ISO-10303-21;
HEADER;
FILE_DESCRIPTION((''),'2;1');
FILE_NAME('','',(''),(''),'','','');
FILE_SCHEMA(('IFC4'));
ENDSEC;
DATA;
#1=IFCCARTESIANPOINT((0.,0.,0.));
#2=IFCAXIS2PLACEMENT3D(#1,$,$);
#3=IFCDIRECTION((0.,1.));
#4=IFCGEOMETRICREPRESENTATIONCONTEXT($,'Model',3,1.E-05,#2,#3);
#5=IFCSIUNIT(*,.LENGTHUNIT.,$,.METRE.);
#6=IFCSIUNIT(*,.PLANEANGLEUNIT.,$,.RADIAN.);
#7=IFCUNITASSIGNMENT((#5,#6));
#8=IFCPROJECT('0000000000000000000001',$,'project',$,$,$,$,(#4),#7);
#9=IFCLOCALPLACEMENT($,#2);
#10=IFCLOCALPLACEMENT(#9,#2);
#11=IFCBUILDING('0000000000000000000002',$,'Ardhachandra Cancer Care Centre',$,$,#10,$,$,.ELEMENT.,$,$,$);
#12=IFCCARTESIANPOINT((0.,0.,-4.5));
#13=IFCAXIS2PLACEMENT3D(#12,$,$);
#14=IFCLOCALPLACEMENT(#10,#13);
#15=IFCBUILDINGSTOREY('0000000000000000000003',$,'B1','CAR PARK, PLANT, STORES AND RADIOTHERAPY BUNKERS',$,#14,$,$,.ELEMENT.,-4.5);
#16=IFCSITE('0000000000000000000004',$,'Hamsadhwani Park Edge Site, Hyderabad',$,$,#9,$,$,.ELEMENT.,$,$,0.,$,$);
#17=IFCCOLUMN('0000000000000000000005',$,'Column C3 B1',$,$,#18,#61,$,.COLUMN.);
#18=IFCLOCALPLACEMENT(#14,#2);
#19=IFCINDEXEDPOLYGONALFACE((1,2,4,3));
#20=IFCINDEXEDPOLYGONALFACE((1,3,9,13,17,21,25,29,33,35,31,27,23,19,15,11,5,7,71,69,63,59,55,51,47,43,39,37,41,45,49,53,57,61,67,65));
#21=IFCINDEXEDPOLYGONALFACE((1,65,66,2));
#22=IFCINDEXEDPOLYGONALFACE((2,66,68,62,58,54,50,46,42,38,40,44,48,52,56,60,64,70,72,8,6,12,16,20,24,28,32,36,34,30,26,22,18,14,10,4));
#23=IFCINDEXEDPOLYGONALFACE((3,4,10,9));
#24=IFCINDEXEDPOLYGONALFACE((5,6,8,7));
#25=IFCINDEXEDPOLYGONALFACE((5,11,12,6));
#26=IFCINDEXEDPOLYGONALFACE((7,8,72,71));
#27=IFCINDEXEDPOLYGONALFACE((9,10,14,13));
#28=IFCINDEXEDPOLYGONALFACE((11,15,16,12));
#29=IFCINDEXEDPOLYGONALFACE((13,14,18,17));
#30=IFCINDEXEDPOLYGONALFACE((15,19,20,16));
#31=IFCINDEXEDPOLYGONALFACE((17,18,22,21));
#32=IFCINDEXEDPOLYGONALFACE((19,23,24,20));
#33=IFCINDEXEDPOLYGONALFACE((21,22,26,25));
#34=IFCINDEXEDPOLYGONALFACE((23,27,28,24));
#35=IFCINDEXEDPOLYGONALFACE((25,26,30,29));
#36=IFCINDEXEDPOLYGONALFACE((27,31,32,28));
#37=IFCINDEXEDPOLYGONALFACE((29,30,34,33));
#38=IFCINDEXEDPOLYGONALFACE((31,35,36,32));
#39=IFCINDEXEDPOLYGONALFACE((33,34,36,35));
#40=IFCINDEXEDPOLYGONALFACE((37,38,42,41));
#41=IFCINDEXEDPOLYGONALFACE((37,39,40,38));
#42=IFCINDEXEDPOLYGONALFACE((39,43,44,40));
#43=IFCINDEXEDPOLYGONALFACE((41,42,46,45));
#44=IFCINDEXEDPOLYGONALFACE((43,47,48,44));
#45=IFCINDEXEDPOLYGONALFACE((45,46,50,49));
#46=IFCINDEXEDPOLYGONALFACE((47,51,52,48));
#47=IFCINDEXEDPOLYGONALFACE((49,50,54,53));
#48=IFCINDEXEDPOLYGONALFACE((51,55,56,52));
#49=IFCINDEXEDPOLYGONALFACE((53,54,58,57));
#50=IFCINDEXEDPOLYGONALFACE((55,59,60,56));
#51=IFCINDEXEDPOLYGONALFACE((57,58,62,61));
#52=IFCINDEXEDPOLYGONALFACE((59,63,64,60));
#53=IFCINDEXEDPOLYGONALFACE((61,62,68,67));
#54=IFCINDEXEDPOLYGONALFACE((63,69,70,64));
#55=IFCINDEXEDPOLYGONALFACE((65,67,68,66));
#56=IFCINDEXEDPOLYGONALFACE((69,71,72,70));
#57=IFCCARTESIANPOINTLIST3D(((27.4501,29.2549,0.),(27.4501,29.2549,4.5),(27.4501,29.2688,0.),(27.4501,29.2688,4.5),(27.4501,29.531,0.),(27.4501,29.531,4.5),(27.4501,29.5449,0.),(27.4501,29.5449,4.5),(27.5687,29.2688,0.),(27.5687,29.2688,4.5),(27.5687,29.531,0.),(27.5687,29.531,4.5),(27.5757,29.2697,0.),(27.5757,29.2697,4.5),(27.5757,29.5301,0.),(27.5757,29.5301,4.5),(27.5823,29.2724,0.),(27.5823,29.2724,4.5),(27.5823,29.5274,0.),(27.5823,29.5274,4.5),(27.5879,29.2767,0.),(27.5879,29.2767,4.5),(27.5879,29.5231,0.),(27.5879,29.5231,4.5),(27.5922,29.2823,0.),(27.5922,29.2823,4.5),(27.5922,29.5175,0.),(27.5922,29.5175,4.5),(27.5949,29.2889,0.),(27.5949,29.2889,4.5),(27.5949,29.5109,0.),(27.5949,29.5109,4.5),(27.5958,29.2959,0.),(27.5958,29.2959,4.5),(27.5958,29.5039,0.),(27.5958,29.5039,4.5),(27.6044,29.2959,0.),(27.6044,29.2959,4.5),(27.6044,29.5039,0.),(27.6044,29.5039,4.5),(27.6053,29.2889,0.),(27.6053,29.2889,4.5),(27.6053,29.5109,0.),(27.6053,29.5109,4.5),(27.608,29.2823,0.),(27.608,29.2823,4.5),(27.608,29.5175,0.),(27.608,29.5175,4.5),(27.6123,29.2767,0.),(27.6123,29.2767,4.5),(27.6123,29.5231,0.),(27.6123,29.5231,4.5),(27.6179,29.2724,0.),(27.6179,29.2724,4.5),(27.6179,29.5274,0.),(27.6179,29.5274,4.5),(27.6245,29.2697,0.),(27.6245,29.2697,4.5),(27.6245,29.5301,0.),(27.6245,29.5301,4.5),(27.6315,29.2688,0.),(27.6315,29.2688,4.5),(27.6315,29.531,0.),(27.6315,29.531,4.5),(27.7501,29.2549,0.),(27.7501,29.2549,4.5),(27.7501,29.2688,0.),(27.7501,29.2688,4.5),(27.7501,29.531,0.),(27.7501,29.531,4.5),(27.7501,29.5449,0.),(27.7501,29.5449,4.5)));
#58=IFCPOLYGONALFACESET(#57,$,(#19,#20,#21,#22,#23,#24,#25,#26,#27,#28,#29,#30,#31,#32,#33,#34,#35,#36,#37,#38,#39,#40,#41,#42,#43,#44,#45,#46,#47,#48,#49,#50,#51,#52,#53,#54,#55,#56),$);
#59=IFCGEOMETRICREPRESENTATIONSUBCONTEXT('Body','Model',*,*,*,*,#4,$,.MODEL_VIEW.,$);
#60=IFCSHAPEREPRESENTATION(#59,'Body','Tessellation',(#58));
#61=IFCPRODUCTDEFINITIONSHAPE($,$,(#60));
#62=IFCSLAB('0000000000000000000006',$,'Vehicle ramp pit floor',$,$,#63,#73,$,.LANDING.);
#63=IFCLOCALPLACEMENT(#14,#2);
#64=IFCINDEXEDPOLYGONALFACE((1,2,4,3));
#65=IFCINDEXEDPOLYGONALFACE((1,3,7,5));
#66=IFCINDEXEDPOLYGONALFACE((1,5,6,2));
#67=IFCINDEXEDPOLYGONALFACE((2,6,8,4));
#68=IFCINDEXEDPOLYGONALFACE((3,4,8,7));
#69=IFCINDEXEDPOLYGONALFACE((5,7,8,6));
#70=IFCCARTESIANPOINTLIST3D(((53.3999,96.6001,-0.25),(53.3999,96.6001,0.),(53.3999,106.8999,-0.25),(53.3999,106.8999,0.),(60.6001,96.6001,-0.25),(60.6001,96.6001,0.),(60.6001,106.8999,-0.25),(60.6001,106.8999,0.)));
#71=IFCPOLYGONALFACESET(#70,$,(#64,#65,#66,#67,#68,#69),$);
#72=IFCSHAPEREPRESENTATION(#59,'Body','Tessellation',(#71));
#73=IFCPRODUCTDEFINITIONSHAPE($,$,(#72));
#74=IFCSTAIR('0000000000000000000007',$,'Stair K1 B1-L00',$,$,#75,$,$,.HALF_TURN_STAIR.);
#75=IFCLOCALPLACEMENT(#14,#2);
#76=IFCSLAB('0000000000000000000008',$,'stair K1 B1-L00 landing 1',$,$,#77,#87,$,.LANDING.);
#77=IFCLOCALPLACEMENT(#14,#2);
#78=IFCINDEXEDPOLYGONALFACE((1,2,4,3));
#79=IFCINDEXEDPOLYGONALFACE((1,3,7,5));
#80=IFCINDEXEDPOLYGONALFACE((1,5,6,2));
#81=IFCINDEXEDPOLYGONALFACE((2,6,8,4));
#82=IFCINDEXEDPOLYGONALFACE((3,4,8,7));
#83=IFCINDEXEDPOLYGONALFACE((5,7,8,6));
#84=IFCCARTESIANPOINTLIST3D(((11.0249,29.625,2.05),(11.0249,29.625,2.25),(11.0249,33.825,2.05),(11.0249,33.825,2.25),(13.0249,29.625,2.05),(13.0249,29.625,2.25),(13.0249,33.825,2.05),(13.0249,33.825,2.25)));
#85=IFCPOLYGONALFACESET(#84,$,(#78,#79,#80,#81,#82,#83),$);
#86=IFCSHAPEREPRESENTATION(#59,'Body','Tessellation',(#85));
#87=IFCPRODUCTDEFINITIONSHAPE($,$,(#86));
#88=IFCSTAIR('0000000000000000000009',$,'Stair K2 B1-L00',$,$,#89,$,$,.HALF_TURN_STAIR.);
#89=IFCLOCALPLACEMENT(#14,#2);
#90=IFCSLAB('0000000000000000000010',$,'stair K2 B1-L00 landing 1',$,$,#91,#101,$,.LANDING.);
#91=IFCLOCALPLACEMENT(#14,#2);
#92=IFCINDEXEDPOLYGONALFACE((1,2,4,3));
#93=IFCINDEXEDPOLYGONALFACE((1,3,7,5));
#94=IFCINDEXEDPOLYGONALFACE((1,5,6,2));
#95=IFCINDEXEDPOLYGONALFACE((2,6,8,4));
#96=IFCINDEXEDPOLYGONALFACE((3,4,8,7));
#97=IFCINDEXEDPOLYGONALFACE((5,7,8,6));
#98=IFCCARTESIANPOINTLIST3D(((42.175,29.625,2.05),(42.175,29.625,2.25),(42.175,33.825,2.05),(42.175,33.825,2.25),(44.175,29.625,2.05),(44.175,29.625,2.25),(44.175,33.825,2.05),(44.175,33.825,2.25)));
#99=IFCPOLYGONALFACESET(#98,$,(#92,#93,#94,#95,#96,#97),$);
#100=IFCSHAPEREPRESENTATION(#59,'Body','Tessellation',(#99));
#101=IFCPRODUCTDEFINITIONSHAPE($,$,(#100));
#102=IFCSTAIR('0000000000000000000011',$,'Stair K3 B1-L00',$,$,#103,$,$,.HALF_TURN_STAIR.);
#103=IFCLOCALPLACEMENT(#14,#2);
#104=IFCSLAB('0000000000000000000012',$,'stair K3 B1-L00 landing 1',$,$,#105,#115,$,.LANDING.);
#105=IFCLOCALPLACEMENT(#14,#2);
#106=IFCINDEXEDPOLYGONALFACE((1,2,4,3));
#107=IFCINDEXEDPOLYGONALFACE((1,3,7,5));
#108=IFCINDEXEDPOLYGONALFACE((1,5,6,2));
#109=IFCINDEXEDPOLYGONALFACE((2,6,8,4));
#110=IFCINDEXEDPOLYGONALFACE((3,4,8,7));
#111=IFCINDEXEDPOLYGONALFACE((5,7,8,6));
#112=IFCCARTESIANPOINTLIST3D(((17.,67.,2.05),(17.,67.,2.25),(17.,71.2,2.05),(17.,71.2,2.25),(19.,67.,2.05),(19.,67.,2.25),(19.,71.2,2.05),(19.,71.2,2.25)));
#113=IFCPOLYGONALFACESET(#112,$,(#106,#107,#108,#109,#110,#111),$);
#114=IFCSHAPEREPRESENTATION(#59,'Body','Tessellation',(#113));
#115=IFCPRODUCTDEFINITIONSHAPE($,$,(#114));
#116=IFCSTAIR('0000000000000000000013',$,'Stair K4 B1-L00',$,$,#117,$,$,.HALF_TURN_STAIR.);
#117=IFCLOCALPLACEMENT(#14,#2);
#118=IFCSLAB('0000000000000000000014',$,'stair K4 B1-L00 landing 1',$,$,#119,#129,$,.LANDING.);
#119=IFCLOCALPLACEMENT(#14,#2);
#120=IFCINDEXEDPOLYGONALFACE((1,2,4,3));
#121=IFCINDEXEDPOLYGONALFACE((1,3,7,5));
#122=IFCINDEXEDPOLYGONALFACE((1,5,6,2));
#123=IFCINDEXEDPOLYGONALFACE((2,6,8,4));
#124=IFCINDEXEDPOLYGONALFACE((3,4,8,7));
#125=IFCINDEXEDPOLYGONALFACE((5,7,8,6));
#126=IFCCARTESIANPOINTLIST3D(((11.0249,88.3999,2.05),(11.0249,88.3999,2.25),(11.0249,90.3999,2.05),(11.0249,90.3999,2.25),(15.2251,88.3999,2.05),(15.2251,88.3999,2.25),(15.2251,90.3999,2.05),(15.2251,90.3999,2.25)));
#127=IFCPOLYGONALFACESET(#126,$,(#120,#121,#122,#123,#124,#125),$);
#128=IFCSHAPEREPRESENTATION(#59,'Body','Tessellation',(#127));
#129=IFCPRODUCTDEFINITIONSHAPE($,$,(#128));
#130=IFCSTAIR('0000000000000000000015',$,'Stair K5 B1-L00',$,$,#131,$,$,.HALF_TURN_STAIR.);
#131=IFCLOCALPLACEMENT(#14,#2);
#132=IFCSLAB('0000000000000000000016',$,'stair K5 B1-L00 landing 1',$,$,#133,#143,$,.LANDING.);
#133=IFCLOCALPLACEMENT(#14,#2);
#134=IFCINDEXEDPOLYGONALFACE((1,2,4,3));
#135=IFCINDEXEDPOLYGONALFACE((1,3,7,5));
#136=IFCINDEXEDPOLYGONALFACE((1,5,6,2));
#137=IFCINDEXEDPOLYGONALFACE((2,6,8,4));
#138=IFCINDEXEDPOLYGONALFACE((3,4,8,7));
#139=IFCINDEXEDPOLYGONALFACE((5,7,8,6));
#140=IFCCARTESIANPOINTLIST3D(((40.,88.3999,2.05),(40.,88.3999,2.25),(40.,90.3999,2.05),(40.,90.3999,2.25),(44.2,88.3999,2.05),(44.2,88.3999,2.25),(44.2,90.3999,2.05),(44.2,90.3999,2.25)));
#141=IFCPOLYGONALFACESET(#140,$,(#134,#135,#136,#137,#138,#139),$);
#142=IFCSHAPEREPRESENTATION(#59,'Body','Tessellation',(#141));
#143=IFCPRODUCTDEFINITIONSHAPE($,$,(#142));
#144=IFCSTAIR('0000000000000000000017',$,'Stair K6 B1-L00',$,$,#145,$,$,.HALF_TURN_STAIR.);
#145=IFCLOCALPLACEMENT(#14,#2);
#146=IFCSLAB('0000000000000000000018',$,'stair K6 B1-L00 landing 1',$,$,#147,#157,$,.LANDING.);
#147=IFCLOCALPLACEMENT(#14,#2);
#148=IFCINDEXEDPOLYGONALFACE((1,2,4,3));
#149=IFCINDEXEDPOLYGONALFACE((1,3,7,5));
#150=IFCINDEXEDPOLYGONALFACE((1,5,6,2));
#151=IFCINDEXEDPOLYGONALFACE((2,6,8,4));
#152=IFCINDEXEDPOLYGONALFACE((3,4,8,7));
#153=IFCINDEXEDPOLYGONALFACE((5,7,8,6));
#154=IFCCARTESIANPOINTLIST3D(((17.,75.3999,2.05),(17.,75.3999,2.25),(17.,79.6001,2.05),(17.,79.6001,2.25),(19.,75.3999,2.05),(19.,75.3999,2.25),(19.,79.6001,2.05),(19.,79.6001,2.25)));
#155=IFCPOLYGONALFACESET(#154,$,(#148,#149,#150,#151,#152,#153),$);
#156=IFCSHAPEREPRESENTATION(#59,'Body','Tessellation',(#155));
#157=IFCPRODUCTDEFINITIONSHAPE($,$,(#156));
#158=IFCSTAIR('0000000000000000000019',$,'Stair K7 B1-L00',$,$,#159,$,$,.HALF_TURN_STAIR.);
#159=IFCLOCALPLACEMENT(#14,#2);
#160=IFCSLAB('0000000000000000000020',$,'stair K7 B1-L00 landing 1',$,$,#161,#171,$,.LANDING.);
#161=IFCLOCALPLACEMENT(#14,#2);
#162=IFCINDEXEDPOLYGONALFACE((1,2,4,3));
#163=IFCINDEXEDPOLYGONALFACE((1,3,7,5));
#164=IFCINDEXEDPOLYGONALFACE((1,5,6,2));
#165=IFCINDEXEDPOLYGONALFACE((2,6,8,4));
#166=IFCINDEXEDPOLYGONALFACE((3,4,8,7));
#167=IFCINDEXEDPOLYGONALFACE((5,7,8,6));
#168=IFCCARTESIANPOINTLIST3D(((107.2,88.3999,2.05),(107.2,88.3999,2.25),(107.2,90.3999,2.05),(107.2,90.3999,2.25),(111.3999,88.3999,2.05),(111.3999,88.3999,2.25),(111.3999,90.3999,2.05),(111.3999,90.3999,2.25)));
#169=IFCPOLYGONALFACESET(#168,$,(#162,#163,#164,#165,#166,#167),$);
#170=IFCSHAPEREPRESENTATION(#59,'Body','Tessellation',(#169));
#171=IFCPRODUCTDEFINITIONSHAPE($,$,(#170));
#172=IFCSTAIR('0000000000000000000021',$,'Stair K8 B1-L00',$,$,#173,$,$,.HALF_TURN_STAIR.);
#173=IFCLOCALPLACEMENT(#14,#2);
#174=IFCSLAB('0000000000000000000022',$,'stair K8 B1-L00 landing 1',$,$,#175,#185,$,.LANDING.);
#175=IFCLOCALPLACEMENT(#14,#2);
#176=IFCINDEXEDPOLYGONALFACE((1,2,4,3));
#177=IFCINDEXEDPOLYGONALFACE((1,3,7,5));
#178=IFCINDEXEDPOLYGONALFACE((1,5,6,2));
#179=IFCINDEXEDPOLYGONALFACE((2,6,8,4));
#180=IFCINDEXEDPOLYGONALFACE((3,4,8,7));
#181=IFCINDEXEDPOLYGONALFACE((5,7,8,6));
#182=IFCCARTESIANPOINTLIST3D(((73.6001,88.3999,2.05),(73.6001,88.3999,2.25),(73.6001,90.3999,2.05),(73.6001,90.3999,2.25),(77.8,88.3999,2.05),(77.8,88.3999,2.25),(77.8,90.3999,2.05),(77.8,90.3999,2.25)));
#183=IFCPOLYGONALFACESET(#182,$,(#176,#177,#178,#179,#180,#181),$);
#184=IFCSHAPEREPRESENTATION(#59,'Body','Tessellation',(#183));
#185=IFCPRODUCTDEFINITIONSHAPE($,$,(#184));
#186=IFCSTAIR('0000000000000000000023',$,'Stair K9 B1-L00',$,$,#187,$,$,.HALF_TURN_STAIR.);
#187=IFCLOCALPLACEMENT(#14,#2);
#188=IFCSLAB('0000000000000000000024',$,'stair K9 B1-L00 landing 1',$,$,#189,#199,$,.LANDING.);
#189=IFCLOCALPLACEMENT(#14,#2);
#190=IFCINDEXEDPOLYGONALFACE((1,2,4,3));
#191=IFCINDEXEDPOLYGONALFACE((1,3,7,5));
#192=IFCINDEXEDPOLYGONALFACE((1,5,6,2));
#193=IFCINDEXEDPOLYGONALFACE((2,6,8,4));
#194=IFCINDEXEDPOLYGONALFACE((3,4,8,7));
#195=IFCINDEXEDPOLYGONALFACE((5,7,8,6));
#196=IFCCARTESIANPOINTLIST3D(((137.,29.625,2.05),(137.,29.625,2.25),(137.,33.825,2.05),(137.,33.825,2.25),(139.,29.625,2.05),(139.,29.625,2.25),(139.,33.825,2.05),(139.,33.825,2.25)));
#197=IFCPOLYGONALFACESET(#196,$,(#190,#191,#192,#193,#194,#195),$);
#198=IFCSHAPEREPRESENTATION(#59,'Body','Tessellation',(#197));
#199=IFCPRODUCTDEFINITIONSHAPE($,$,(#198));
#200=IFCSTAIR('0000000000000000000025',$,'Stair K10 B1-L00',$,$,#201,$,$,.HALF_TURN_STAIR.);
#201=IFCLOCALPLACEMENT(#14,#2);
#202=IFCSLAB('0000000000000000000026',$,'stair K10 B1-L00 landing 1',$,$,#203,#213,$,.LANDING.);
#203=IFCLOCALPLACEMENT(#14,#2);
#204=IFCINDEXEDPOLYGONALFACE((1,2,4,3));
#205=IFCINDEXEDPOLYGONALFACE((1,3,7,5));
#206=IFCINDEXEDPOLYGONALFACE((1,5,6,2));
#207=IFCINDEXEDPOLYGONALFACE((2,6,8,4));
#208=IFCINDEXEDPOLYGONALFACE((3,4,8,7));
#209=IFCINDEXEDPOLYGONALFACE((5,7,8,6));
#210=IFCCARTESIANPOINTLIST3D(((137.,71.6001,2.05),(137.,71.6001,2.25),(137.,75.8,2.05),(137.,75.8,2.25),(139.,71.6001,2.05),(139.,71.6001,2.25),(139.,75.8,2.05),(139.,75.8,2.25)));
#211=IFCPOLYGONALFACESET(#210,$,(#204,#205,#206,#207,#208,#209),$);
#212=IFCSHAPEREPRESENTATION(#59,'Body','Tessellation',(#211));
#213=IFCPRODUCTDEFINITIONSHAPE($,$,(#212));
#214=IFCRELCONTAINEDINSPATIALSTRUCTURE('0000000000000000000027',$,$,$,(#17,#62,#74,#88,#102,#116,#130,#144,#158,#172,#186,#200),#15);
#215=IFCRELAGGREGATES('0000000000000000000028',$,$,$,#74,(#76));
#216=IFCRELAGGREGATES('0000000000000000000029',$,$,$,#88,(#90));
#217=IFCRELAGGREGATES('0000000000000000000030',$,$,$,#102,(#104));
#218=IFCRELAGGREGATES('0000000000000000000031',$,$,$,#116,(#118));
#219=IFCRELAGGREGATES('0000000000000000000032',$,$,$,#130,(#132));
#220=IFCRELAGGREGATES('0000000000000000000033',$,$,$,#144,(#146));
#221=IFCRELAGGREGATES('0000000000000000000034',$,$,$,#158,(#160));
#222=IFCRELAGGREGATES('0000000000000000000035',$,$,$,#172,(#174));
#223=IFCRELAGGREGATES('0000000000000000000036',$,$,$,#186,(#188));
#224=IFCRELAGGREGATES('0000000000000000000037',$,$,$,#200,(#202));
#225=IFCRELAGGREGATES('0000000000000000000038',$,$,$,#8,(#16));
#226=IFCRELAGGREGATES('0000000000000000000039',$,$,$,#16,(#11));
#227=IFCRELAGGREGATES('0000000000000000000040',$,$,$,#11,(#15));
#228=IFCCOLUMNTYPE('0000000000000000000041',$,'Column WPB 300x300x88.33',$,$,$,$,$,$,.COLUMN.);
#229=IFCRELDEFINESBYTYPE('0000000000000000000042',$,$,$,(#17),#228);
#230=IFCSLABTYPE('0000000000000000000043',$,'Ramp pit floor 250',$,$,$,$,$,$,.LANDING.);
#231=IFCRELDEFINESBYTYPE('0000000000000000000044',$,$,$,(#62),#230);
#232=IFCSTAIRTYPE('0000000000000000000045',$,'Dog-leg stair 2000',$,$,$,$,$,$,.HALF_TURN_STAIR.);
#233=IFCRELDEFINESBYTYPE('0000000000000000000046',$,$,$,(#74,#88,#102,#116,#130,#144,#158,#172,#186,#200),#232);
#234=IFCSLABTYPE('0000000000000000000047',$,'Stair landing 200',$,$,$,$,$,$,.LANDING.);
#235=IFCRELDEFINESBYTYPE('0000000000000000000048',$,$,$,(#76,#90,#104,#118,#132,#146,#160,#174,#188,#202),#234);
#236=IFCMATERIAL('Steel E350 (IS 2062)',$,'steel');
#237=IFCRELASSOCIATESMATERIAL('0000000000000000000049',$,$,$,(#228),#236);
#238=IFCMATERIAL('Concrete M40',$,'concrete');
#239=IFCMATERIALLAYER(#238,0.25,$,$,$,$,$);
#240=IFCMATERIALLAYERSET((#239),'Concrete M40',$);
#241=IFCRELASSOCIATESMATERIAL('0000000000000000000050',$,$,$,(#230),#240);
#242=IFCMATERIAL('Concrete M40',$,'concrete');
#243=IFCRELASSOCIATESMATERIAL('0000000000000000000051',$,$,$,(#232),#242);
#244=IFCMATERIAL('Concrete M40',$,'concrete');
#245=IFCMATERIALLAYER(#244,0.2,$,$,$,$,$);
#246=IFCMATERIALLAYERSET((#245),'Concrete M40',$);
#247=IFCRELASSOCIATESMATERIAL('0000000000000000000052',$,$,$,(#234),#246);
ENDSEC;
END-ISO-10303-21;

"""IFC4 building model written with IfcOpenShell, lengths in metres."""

from ifc_helpers import new_model, si_unit, direction, frame, origin, origin_2d, place, context, subcontext, project, spatial, polyline, i_section, outline, extrude, material, layer, layer_set, material_profile, profile_set, type_object, element, aggregate, save


model = new_model("IFC4")

# Units and contexts
model_context = context("Model", 3, precision=1e-05, world=origin(), true_north=direction((0.0, 1.0)))
body_context = subcontext(model_context, "Body", "Model", "MODEL_VIEW")
ifc_project = project(units=[si_unit("LENGTHUNIT", "METRE"), si_unit("PLANEANGLEUNIT", "RADIAN")], contexts=[model_context])

# Site, building, storey
site_placement = place(None, origin())
site = spatial("IfcSite", under=ifc_project, at=site_placement, Name="Hamsadhwani Park Edge Site, Hyderabad", CompositionType="ELEMENT", RefElevation=0.0)
building_placement = place(site_placement, origin())
building = spatial("IfcBuilding", under=site, at=building_placement, Name="Ardhachandra Cancer Care Centre", CompositionType="ELEMENT")
storey_placement = place(building_placement, frame((0.0, 0.0, -4.5)))
storey = spatial("IfcBuildingStorey", under=building, at=storey_placement, Name="B1", Description="CAR PARK, PLANT, STORES AND RADIOTHERAPY BUNKERS", CompositionType="ELEMENT", Elevation=-4.5)

# Column
ifc_material_1 = material(Name="Steel E350 (IS 2062)", Category="steel")
ifc_material_profile_1 = material_profile(ifc_material_1, i_section(OverallWidth=0.3, OverallDepth=0.29, WebThickness=0.0085, FlangeThickness=0.0139, FilletRadius=0.0271, at=origin_2d()), Name="WPB 300x300x88.33")
ifc_profile_set_1 = profile_set([ifc_material_profile_1], Name="Steel E350 (IS 2062)")
column_type = type_object("IfcColumnType", Name="Column WPB 300x300x88.33", PredefinedType="COLUMN", material=ifc_profile_set_1)
column_placement = place(storey_placement, frame((27.6001, 29.3999, 0.0), z_axis=(0.0, 0.0, 1.0), x_axis=(1.0, 0.0, 0.0)))
element("IfcColumn", 1, at=column_placement, inside=storey, type_object=column_type, Name="Column C3 B1", PredefinedType="COLUMN", context=body_context, shape_type="SweptSolid", body=[
    extrude(i_section(OverallWidth=0.3, OverallDepth=0.29, WebThickness=0.0085, FlangeThickness=0.0139, FilletRadius=0.0271, at=origin_2d()), origin(), (0.0, 0.0, 1.0), 4.5),
])

# Slab
ifc_material_2 = material(Name="Concrete M40", Category="concrete")
ifc_layer_1 = layer(ifc_material_2, 0.25)
ifc_layer_set_1 = layer_set([ifc_layer_1], Name="Concrete M40")
slab_type_1 = type_object("IfcSlabType", Name="Ramp pit floor 250", PredefinedType="LANDING", material=ifc_layer_set_1)
slab_1_placement = place(storey_placement, frame((0.0, 0.0, -0.25)))
element("IfcSlab", 2, at=slab_1_placement, inside=storey, type_object=slab_type_1, Name="Vehicle ramp pit floor", PredefinedType="LANDING", context=body_context, shape_type="SweptSolid", body=[
    extrude(outline(polyline([(53.3999, 96.6001), (60.6001, 96.6001), (60.6001, 106.8999), (53.3999, 106.8999), (53.3999, 96.6001)])), origin(), (0.0, 0.0, 1.0), 0.25),
])

# Stairs, slabs
ifc_material_3 = material(Name="Concrete M40", Category="concrete")
stair_type = type_object("IfcStairType", Name="Dog-leg stair 2000", PredefinedType="HALF_TURN_STAIR", material=ifc_material_3)
stair_1_placement = place(storey_placement, origin())
stair_1 = element("IfcStair", 3, at=stair_1_placement, inside=storey, type_object=stair_type, Name="Stair K1 B1-L00", PredefinedType="HALF_TURN_STAIR")
ifc_material_4 = material(Name="Concrete M40", Category="concrete")
ifc_layer_2 = layer(ifc_material_4, 0.2)
ifc_layer_set_2 = layer_set([ifc_layer_2], Name="Concrete M40")
slab_type_2 = type_object("IfcSlabType", Name="Stair landing 200", PredefinedType="LANDING", material=ifc_layer_set_2)
slab_2_placement = place(storey_placement, frame((0.0, 0.0, 2.05)))
slab_2 = element("IfcSlab", 4, at=slab_2_placement, type_object=slab_type_2, Name="stair K1 B1-L00 landing 1", PredefinedType="LANDING", context=body_context, shape_type="SweptSolid", body=[
    extrude(outline(polyline([(11.0249, 29.625), (13.0249, 29.625), (13.0249, 33.825), (11.0249, 33.825), (11.0249, 29.625)])), origin(), (0.0, 0.0, 1.0), 0.2),
])
aggregate(stair_1, [slab_2])
stair_2_placement = place(storey_placement, origin())
stair_2 = element("IfcStair", 5, at=stair_2_placement, inside=storey, type_object=stair_type, Name="Stair K2 B1-L00", PredefinedType="HALF_TURN_STAIR")
slab_3_placement = place(storey_placement, frame((0.0, 0.0, 2.05)))
slab_3 = element("IfcSlab", 6, at=slab_3_placement, type_object=slab_type_2, Name="stair K2 B1-L00 landing 1", PredefinedType="LANDING", context=body_context, shape_type="SweptSolid", body=[
    extrude(outline(polyline([(42.175, 29.625), (44.175, 29.625), (44.175, 33.825), (42.175, 33.825), (42.175, 29.625)])), origin(), (0.0, 0.0, 1.0), 0.2),
])
aggregate(stair_2, [slab_3])
stair_3_placement = place(storey_placement, origin())
stair_3 = element("IfcStair", 7, at=stair_3_placement, inside=storey, type_object=stair_type, Name="Stair K3 B1-L00", PredefinedType="HALF_TURN_STAIR")
slab_4_placement = place(storey_placement, frame((0.0, 0.0, 2.05)))
slab_4 = element("IfcSlab", 8, at=slab_4_placement, type_object=slab_type_2, Name="stair K3 B1-L00 landing 1", PredefinedType="LANDING", context=body_context, shape_type="SweptSolid", body=[
    extrude(outline(polyline([(17.0, 67.0), (19.0, 67.0), (19.0, 71.2), (17.0, 71.2), (17.0, 67.0)])), origin(), (0.0, 0.0, 1.0), 0.2),
])
aggregate(stair_3, [slab_4])
stair_4_placement = place(storey_placement, origin())
stair_4 = element("IfcStair", 9, at=stair_4_placement, inside=storey, type_object=stair_type, Name="Stair K4 B1-L00", PredefinedType="HALF_TURN_STAIR")
slab_5_placement = place(storey_placement, frame((0.0, 0.0, 2.05)))
slab_5 = element("IfcSlab", 10, at=slab_5_placement, type_object=slab_type_2, Name="stair K4 B1-L00 landing 1", PredefinedType="LANDING", context=body_context, shape_type="SweptSolid", body=[
    extrude(outline(polyline([(11.0249, 88.3999), (15.2251, 88.3999), (15.2251, 90.3999), (11.0249, 90.3999), (11.0249, 88.3999)])), origin(), (0.0, 0.0, 1.0), 0.2),
])
aggregate(stair_4, [slab_5])
stair_5_placement = place(storey_placement, origin())
stair_5 = element("IfcStair", 11, at=stair_5_placement, inside=storey, type_object=stair_type, Name="Stair K5 B1-L00", PredefinedType="HALF_TURN_STAIR")
slab_6_placement = place(storey_placement, frame((0.0, 0.0, 2.05)))
slab_6 = element("IfcSlab", 12, at=slab_6_placement, type_object=slab_type_2, Name="stair K5 B1-L00 landing 1", PredefinedType="LANDING", context=body_context, shape_type="SweptSolid", body=[
    extrude(outline(polyline([(40.0, 88.3999), (44.2, 88.3999), (44.2, 90.3999), (40.0, 90.3999), (40.0, 88.3999)])), origin(), (0.0, 0.0, 1.0), 0.2),
])
aggregate(stair_5, [slab_6])
stair_6_placement = place(storey_placement, origin())
stair_6 = element("IfcStair", 13, at=stair_6_placement, inside=storey, type_object=stair_type, Name="Stair K6 B1-L00", PredefinedType="HALF_TURN_STAIR")
slab_7_placement = place(storey_placement, frame((0.0, 0.0, 2.05)))
slab_7 = element("IfcSlab", 14, at=slab_7_placement, type_object=slab_type_2, Name="stair K6 B1-L00 landing 1", PredefinedType="LANDING", context=body_context, shape_type="SweptSolid", body=[
    extrude(outline(polyline([(17.0, 75.3999), (19.0, 75.3999), (19.0, 79.6001), (17.0, 79.6001), (17.0, 75.3999)])), origin(), (0.0, 0.0, 1.0), 0.2),
])
aggregate(stair_6, [slab_7])
stair_7_placement = place(storey_placement, origin())
stair_7 = element("IfcStair", 15, at=stair_7_placement, inside=storey, type_object=stair_type, Name="Stair K7 B1-L00", PredefinedType="HALF_TURN_STAIR")
slab_8_placement = place(storey_placement, frame((0.0, 0.0, 2.05)))
slab_8 = element("IfcSlab", 16, at=slab_8_placement, type_object=slab_type_2, Name="stair K7 B1-L00 landing 1", PredefinedType="LANDING", context=body_context, shape_type="SweptSolid", body=[
    extrude(outline(polyline([(107.2, 88.3999), (111.3999, 88.3999), (111.3999, 90.3999), (107.2, 90.3999), (107.2, 88.3999)])), origin(), (0.0, 0.0, 1.0), 0.2),
])
aggregate(stair_7, [slab_8])
stair_8_placement = place(storey_placement, origin())
stair_8 = element("IfcStair", 17, at=stair_8_placement, inside=storey, type_object=stair_type, Name="Stair K8 B1-L00", PredefinedType="HALF_TURN_STAIR")
slab_9_placement = place(storey_placement, frame((0.0, 0.0, 2.05)))
slab_9 = element("IfcSlab", 18, at=slab_9_placement, type_object=slab_type_2, Name="stair K8 B1-L00 landing 1", PredefinedType="LANDING", context=body_context, shape_type="SweptSolid", body=[
    extrude(outline(polyline([(73.6001, 88.3999), (77.8, 88.3999), (77.8, 90.3999), (73.6001, 90.3999), (73.6001, 88.3999)])), origin(), (0.0, 0.0, 1.0), 0.2),
])
aggregate(stair_8, [slab_9])
stair_9_placement = place(storey_placement, origin())
stair_9 = element("IfcStair", 19, at=stair_9_placement, inside=storey, type_object=stair_type, Name="Stair K9 B1-L00", PredefinedType="HALF_TURN_STAIR")
slab_10_placement = place(storey_placement, frame((0.0, 0.0, 2.05)))
slab_10 = element("IfcSlab", 20, at=slab_10_placement, type_object=slab_type_2, Name="stair K9 B1-L00 landing 1", PredefinedType="LANDING", context=body_context, shape_type="SweptSolid", body=[
    extrude(outline(polyline([(137.0, 29.625), (139.0, 29.625), (139.0, 33.825), (137.0, 33.825), (137.0, 29.625)])), origin(), (0.0, 0.0, 1.0), 0.2),
])
aggregate(stair_9, [slab_10])
stair_10_placement = place(storey_placement, origin())
stair_10 = element("IfcStair", 21, at=stair_10_placement, inside=storey, type_object=stair_type, Name="Stair K10 B1-L00", PredefinedType="HALF_TURN_STAIR")
slab_11_placement = place(storey_placement, frame((0.0, 0.0, 2.05)))
slab_11 = element("IfcSlab", 22, at=slab_11_placement, type_object=slab_type_2, Name="stair K10 B1-L00 landing 1", PredefinedType="LANDING", context=body_context, shape_type="SweptSolid", body=[
    extrude(outline(polyline([(137.0, 71.6001), (139.0, 71.6001), (139.0, 75.8), (137.0, 75.8), (137.0, 71.6001)])), origin(), (0.0, 0.0, 1.0), 0.2),
])
aggregate(stair_10, [slab_11])

save(model, "model.ifc")
